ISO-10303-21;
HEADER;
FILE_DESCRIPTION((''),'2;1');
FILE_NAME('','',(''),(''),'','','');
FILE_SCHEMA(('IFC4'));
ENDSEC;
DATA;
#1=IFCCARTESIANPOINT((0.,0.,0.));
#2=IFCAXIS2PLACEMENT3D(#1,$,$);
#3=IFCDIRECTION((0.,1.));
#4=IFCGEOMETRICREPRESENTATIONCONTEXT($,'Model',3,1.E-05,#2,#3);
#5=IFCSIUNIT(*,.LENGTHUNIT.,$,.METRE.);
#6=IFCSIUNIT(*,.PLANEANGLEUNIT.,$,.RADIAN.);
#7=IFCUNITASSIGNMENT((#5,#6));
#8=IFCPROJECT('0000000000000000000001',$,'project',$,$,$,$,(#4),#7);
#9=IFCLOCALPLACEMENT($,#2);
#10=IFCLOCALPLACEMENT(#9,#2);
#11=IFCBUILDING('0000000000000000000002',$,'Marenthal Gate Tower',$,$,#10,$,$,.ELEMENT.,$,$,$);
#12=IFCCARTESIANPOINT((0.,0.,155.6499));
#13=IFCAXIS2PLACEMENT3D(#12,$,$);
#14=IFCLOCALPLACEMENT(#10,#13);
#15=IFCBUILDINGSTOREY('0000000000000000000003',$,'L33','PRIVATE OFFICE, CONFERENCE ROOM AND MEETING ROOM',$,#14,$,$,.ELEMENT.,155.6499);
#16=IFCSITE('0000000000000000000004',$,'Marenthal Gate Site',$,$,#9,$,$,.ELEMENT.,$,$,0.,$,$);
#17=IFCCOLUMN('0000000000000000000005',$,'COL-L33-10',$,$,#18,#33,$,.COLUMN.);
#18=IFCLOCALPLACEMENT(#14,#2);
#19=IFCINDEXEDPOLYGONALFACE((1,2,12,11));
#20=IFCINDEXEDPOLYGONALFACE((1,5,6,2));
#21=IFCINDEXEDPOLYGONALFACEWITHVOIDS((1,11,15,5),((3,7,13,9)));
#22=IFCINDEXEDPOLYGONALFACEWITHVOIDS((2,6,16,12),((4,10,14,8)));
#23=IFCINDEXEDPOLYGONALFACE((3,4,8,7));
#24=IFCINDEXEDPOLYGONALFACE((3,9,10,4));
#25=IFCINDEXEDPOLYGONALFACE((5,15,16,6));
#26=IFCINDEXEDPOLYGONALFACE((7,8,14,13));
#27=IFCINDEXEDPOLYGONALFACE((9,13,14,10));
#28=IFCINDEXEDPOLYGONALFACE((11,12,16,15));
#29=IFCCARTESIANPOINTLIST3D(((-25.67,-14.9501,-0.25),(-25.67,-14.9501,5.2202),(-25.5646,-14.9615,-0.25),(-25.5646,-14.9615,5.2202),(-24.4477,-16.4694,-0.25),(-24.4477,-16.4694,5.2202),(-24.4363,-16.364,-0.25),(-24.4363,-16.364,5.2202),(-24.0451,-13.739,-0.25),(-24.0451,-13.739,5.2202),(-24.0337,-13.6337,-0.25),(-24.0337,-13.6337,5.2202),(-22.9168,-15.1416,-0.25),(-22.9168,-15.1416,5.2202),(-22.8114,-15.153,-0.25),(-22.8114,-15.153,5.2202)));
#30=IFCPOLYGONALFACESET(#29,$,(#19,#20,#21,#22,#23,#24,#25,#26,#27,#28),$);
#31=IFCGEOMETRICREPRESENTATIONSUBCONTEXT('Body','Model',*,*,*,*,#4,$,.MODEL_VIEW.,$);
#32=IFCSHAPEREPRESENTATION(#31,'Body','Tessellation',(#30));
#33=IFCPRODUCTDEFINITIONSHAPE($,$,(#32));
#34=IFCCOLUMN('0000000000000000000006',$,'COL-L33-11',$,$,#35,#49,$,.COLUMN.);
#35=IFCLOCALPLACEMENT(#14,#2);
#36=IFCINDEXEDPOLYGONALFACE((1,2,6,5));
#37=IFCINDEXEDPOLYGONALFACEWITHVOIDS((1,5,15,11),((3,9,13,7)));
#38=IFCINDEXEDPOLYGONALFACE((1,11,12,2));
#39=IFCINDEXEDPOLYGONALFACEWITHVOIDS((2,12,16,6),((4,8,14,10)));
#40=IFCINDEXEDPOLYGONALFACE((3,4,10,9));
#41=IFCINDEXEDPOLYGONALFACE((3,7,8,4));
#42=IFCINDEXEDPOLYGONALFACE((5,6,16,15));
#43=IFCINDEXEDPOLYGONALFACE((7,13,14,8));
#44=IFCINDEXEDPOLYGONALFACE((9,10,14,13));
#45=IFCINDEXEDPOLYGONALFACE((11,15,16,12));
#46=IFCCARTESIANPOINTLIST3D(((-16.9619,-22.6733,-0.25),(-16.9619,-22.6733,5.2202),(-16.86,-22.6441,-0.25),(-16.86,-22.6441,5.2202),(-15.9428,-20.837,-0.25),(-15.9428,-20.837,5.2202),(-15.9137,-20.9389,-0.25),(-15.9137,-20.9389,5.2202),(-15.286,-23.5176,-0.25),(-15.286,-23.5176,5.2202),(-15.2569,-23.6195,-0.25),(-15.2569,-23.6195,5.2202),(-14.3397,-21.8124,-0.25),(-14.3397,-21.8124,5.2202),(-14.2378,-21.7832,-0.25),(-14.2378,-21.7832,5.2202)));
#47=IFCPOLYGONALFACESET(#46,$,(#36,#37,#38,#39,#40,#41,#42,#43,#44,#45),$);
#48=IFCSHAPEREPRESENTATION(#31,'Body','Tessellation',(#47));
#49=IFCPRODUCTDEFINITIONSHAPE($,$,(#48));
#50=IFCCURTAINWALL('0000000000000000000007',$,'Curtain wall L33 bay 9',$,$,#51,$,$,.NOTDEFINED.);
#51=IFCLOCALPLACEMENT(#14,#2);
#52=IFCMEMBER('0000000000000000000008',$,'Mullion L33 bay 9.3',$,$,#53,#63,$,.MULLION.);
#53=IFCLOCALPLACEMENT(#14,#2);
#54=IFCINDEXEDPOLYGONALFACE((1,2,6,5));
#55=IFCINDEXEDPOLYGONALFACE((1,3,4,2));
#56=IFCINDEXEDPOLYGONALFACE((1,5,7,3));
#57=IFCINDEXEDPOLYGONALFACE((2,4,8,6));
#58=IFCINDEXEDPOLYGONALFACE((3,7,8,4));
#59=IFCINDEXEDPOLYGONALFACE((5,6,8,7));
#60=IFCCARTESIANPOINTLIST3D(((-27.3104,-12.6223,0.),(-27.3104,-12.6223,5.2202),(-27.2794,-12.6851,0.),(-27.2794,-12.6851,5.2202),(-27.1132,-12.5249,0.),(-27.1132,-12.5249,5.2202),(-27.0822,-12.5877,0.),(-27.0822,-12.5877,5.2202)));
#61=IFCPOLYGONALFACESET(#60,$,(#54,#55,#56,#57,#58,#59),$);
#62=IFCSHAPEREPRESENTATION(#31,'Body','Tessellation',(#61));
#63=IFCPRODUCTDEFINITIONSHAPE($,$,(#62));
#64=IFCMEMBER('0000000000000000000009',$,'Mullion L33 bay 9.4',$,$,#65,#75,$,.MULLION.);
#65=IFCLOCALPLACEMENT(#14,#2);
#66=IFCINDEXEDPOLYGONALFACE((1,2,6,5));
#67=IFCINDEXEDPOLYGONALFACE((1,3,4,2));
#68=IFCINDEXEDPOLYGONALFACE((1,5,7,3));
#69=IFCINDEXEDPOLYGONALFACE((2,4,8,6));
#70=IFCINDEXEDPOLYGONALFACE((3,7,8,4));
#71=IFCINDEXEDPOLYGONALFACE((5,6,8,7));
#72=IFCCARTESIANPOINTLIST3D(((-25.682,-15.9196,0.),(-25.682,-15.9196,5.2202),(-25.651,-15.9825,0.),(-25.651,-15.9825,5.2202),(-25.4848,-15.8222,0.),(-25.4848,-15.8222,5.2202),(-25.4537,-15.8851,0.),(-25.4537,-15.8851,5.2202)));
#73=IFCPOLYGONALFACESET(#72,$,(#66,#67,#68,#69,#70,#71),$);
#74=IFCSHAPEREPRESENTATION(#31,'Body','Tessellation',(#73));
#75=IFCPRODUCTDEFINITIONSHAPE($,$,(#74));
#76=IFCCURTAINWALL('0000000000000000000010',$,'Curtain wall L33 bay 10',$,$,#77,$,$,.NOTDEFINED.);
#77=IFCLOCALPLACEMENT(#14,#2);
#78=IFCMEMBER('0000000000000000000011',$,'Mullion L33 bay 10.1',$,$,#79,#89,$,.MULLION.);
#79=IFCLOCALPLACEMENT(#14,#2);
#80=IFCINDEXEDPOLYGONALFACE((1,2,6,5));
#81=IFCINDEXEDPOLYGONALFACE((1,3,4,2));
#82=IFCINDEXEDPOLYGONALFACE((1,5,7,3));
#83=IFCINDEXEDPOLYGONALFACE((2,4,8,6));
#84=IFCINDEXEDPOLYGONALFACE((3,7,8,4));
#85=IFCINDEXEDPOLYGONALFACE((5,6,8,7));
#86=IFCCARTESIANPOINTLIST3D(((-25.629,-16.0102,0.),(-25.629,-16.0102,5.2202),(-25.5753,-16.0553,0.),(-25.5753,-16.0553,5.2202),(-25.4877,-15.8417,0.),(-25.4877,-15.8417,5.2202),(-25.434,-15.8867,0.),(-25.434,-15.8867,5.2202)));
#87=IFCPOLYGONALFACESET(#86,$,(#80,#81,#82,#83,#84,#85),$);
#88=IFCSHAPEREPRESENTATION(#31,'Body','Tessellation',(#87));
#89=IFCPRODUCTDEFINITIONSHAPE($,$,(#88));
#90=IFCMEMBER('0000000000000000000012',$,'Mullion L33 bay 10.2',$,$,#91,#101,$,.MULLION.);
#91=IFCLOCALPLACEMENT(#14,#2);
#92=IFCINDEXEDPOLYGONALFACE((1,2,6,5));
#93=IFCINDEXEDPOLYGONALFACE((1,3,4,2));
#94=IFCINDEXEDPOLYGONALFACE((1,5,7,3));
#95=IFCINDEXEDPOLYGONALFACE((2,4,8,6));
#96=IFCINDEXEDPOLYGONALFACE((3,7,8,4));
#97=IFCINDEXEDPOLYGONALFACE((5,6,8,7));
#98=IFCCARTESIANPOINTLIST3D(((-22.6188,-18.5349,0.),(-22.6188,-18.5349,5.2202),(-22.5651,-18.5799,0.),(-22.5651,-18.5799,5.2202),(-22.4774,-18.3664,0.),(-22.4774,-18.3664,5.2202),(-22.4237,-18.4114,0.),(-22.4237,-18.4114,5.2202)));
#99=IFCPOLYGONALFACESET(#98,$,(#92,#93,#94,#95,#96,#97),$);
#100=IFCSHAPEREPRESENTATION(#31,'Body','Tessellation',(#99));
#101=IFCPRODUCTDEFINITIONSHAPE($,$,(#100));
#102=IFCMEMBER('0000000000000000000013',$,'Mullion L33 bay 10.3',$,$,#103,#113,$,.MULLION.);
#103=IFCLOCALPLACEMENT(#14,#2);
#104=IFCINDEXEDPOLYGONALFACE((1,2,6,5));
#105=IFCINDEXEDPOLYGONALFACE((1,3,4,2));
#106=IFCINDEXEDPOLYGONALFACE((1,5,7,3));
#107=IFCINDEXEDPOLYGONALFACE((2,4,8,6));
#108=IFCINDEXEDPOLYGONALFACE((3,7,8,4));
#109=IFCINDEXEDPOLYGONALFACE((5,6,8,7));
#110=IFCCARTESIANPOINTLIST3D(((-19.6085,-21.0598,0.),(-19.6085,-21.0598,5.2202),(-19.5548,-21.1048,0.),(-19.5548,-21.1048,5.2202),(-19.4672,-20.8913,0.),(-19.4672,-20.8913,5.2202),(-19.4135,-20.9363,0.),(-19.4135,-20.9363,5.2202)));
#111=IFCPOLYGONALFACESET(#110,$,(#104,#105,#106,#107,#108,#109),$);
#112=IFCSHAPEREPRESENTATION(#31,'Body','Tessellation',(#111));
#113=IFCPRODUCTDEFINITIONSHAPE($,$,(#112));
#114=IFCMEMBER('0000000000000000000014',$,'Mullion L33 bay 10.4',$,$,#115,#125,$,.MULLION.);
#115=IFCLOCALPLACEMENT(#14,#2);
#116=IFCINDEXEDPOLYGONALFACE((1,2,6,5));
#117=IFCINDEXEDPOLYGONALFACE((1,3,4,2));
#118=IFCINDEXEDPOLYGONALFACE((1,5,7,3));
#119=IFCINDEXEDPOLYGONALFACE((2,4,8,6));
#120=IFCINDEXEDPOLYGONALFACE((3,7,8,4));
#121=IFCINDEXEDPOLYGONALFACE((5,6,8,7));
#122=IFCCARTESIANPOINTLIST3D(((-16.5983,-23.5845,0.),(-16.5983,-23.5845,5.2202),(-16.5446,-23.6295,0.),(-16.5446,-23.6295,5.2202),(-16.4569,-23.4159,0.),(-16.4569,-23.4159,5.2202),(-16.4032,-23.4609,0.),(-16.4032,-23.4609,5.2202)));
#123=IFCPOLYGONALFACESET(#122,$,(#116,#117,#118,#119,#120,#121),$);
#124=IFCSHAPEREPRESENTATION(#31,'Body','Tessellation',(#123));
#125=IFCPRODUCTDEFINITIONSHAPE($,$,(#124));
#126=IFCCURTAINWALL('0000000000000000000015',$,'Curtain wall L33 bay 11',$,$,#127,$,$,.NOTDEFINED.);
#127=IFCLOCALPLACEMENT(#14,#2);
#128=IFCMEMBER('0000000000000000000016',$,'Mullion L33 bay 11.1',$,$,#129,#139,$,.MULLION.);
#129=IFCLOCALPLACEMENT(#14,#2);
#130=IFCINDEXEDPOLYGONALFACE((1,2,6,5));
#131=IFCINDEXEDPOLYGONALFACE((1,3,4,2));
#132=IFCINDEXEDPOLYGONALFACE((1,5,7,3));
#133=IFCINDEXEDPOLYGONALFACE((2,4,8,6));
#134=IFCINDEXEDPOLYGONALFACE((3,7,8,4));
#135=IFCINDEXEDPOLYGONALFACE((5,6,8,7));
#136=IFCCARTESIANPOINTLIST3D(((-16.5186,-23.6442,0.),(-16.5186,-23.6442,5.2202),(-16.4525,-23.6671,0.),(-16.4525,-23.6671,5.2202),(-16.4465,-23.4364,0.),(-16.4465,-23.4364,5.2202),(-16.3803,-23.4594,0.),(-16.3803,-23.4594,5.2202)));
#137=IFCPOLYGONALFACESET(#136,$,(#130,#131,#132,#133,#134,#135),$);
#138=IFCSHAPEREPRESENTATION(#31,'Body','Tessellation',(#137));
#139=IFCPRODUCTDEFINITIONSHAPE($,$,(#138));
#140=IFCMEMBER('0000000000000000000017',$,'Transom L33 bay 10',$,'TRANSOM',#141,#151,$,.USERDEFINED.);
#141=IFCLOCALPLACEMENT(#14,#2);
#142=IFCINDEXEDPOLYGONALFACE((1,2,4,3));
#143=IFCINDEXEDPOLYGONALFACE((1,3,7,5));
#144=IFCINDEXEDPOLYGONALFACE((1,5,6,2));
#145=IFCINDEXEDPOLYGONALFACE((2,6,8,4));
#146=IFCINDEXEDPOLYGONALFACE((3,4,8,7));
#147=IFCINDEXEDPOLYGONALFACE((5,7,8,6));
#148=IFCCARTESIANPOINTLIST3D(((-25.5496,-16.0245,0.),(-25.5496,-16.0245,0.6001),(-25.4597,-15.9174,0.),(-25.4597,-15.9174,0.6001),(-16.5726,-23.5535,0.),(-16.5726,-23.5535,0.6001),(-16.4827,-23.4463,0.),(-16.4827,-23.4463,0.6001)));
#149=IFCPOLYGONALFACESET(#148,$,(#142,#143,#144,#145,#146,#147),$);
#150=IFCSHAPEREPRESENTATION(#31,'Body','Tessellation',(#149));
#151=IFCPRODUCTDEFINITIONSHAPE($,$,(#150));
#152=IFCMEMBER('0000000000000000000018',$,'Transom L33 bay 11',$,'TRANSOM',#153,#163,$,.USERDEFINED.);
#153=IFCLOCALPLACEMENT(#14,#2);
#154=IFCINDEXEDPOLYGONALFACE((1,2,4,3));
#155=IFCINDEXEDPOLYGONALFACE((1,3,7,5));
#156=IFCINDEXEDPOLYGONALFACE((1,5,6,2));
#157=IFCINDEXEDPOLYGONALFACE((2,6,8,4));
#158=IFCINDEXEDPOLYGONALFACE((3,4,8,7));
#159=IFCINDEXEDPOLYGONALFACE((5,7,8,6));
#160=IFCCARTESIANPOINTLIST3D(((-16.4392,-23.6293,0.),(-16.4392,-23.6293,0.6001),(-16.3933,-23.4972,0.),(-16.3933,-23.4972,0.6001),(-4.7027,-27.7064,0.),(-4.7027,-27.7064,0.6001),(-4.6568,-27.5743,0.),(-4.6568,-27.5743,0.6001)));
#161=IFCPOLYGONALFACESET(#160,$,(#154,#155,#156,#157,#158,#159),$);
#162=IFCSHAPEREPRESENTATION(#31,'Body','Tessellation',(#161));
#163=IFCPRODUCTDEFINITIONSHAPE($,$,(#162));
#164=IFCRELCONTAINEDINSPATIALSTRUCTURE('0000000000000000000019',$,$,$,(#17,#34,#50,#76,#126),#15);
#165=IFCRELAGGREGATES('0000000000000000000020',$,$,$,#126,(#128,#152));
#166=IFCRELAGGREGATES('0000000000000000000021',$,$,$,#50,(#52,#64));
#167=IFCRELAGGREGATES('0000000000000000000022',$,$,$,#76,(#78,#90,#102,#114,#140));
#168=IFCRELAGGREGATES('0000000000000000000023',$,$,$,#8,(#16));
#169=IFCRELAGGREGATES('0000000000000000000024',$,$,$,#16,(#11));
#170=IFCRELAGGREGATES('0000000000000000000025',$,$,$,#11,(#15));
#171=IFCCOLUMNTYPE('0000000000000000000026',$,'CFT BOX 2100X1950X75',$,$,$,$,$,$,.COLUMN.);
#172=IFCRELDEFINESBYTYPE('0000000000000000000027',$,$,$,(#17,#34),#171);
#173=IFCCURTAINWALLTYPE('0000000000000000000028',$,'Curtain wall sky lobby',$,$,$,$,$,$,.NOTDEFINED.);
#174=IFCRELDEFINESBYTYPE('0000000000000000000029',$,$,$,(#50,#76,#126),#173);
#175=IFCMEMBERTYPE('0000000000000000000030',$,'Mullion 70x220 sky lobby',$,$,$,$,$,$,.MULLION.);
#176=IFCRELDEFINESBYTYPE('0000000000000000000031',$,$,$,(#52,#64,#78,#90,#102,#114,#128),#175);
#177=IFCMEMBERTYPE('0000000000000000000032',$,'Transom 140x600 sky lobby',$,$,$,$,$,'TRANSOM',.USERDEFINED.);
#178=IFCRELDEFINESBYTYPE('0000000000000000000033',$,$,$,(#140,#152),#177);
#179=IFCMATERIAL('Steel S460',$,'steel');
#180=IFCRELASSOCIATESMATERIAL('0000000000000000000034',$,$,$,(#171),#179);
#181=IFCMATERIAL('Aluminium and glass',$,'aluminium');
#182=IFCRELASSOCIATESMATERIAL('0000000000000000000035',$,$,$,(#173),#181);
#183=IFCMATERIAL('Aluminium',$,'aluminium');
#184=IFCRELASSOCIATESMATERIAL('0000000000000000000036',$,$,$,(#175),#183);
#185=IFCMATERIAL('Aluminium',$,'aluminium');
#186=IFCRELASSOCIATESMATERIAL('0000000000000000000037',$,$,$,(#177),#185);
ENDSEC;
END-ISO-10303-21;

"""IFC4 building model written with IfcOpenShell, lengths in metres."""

from ifc_helpers import new_model, si_unit, direction, frame, origin, origin_2d, place, context, subcontext, project, spatial, rectangle, hollow_rectangle, extrude, material, material_profile, profile_set, type_object, element, aggregate, save


model = new_model("IFC4")

# Units and contexts
model_context = context("Model", 3, precision=1e-05, world=origin(), true_north=direction((0.0, 1.0)))
body_context = subcontext(model_context, "Body", "Model", "MODEL_VIEW")
ifc_project = project(units=[si_unit("LENGTHUNIT", "METRE"), si_unit("PLANEANGLEUNIT", "RADIAN")], contexts=[model_context])

# Site, building, storey
site_placement = place(None, origin())
site = spatial("IfcSite", under=ifc_project, at=site_placement, Name="Marenthal Gate Site", CompositionType="ELEMENT", RefElevation=0.0)
building_placement = place(site_placement, origin())
building = spatial("IfcBuilding", under=site, at=building_placement, Name="Marenthal Gate Tower", CompositionType="ELEMENT")
storey_placement = place(building_placement, frame((0.0, 0.0, 155.6499)))
storey = spatial("IfcBuildingStorey", under=building, at=storey_placement, Name="L33", Description="PRIVATE OFFICE, CONFERENCE ROOM AND MEETING ROOM", CompositionType="ELEMENT", Elevation=155.6499)

# Columns
ifc_material_1 = material(Name="Steel S460", Category="steel")
ifc_material_profile_1 = material_profile(ifc_material_1, hollow_rectangle(XDim=1.95, YDim=2.1001, WallThickness=0.075, at=origin_2d()), Name="CFT BOX 2100X1950X75")
ifc_material_2 = material(Name="Concrete 70 MPa", Category="concrete")
ifc_material_profile_2 = material_profile(ifc_material_2, rectangle(XDim=1.8, YDim=1.95, at=origin_2d()), Name="CFT BOX 2100X1950X75 INFILL")
ifc_profile_set_1 = profile_set([ifc_material_profile_1, ifc_material_profile_2], Name="Steel S460 shell, Concrete 70 MPa infill")
column_type = type_object("IfcColumnType", Name="CFT BOX 2100X1950X75", PredefinedType="COLUMN", material=ifc_profile_set_1)
for number, where, z_axis, x_axis, name in (
    (1, (-24.2407, -15.0515, -0.25), (0.0, 0.0, 1.0), (-0.626831, 0.779155, 0.0), "COL-L33-10"),
    (2, (-15.5999, -22.2283, -0.25), (0.0, 0.0, 1.0), (-0.87438, 0.485242, 0.0), "COL-L33-11"),
):
    element("IfcColumn", number, at=place(storey_placement, frame(where, z_axis=z_axis, x_axis=x_axis)), inside=storey, type_object=column_type, Name=name, PredefinedType="COLUMN", context=body_context, shape_type="SweptSolid", body=[
        extrude(hollow_rectangle(XDim=1.95, YDim=2.1001, WallThickness=0.075, at=origin_2d()), origin(), (0.0, 0.0, 1.0), 5.4702),
    ])

# Curtain walls, members
ifc_material_3 = material(Name="Aluminium and glass", Category="aluminium")
curtain_wall_type = type_object("IfcCurtainWallType", Name="Curtain wall sky lobby", PredefinedType="NOTDEFINED", material=ifc_material_3)
curtain_wall_1_placement = place(storey_placement, origin())
curtain_wall_1 = element("IfcCurtainWall", 3, at=curtain_wall_1_placement, inside=storey, type_object=curtain_wall_type, Name="Curtain wall L33 bay 9", PredefinedType="NOTDEFINED")
ifc_material_4 = material(Name="Aluminium", Category="aluminium")
ifc_material_profile_3 = material_profile(ifc_material_4, rectangle(XDim=0.22, YDim=0.0701, at=origin_2d()), Name="70x220 aluminium mullion")
ifc_profile_set_2 = profile_set([ifc_material_profile_3], Name="Aluminium")
member_type_1 = type_object("IfcMemberType", Name="Mullion 70x220 sky lobby", PredefinedType="MULLION", material=ifc_profile_set_2)
member_1_placement = place(storey_placement, frame((-27.1963, -12.605, 0.0), z_axis=(0.0, 0.0, 1.0), x_axis=(0.896609, 0.442824, 0.0)))
member_1 = element("IfcMember", 4, at=member_1_placement, type_object=member_type_1, Name="Mullion L33 bay 9.3", PredefinedType="MULLION", context=body_context, shape_type="SweptSolid", body=[
    extrude(rectangle(XDim=0.22, YDim=0.0701, at=origin_2d()), origin(), (0.0, 0.0, 1.0), 5.2202),
])
member_2_placement = place(storey_placement, frame((-25.5679, -15.9023, 0.0), z_axis=(0.0, 0.0, 1.0), x_axis=(0.896609, 0.442824, 0.0)))
member_2 = element("IfcMember", 5, at=member_2_placement, type_object=member_type_1, Name="Mullion L33 bay 9.4", PredefinedType="MULLION", context=body_context, shape_type="SweptSolid", body=[
    extrude(rectangle(XDim=0.22, YDim=0.0701, at=origin_2d()), origin(), (0.0, 0.0, 1.0), 5.2202),
])
curtain_wall_2_placement = place(storey_placement, origin())
curtain_wall_2 = element("IfcCurtainWall", 6, at=curtain_wall_2_placement, inside=storey, type_object=curtain_wall_type, Name="Curtain wall L33 bay 10", PredefinedType="NOTDEFINED")
member_3_placement = place(storey_placement, frame((-25.5315, -15.9485, 0.0), z_axis=(0.0, 0.0, 1.0), x_axis=(0.642602, 0.7662, 0.0)))
member_3 = element("IfcMember", 7, at=member_3_placement, type_object=member_type_1, Name="Mullion L33 bay 10.1", PredefinedType="MULLION", context=body_context, shape_type="SweptSolid", body=[
    extrude(rectangle(XDim=0.22, YDim=0.0701, at=origin_2d()), origin(), (0.0, 0.0, 1.0), 5.2202),
])
member_4_placement = place(storey_placement, frame((-22.5212, -18.4731, 0.0), z_axis=(0.0, 0.0, 1.0), x_axis=(0.642602, 0.7662, 0.0)))
member_4 = element("IfcMember", 8, at=member_4_placement, type_object=member_type_1, Name="Mullion L33 bay 10.2", PredefinedType="MULLION", context=body_context, shape_type="SweptSolid", body=[
    extrude(rectangle(XDim=0.22, YDim=0.0701, at=origin_2d()), origin(), (0.0, 0.0, 1.0), 5.2202),
])
member_5_placement = place(storey_placement, frame((-19.511, -20.998, 0.0), z_axis=(0.0, 0.0, 1.0), x_axis=(0.642602, 0.7662, 0.0)))
member_5 = element("IfcMember", 9, at=member_5_placement, type_object=member_type_1, Name="Mullion L33 bay 10.3", PredefinedType="MULLION", context=body_context, shape_type="SweptSolid", body=[
    extrude(rectangle(XDim=0.22, YDim=0.0701, at=origin_2d()), origin(), (0.0, 0.0, 1.0), 5.2202),
])
member_6_placement = place(storey_placement, frame((-16.5007, -23.5227, 0.0), z_axis=(0.0, 0.0, 1.0), x_axis=(0.642602, 0.7662, 0.0)))
member_6 = element("IfcMember", 10, at=member_6_placement, type_object=member_type_1, Name="Mullion L33 bay 10.4", PredefinedType="MULLION", context=body_context, shape_type="SweptSolid", body=[
    extrude(rectangle(XDim=0.22, YDim=0.0701, at=origin_2d()), origin(), (0.0, 0.0, 1.0), 5.2202),
])

# Curtain wall, member
curtain_wall_3_placement = place(storey_placement, origin())
curtain_wall_3 = element("IfcCurtainWall", 11, at=curtain_wall_3_placement, inside=storey, type_object=curtain_wall_type, Name="Curtain wall L33 bay 11", PredefinedType="NOTDEFINED")
member_7_placement = place(storey_placement, frame((-16.4495, -23.5518, 0.0), z_axis=(0.0, 0.0, 1.0), x_axis=(0.328158, 0.944623, 0.0)))
member_7 = element("IfcMember", 12, at=member_7_placement, type_object=member_type_1, Name="Mullion L33 bay 11.1", PredefinedType="MULLION", context=body_context, shape_type="SweptSolid", body=[
    extrude(rectangle(XDim=0.22, YDim=0.0701, at=origin_2d()), origin(), (0.0, 0.0, 1.0), 5.2202),
])

# Members
ifc_material_5 = material(Name="Aluminium", Category="aluminium")
ifc_material_profile_4 = material_profile(ifc_material_5, rectangle(XDim=0.1399, YDim=0.6001, at=origin_2d()), Name="140x600 aluminium transom")
ifc_profile_set_3 = profile_set([ifc_material_profile_4], Name="Aluminium")
member_type_2 = type_object("IfcMemberType", Name="Transom 140x600 sky lobby", ElementType="TRANSOM", PredefinedType="USERDEFINED", material=ifc_profile_set_3)
member_8_placement = place(storey_placement, frame((-25.5046, -15.9709, 0.3), z_axis=(0.766195, -0.642608, 0.0), x_axis=(0.642608, 0.766195, 0.0)))
member_8 = element("IfcMember", 13, at=member_8_placement, type_object=member_type_2, Name="Transom L33 bay 10", ObjectType="TRANSOM", PredefinedType="USERDEFINED", context=body_context, shape_type="SweptSolid", body=[
    extrude(rectangle(XDim=0.1399, YDim=0.6001, at=origin_2d()), origin(), (0.0, 0.0, 1.0), 11.7163),
])
member_9_placement = place(storey_placement, frame((-16.4163, -23.5632, 0.3), z_axis=(0.944625, -0.328152, 0.0), x_axis=(0.328152, 0.944625, 0.0)))
member_9 = element("IfcMember", 14, at=member_9_placement, type_object=member_type_2, Name="Transom L33 bay 11", ObjectType="TRANSOM", PredefinedType="USERDEFINED", context=body_context, shape_type="SweptSolid", body=[
    extrude(rectangle(XDim=0.1399, YDim=0.6001, at=origin_2d()), origin(), (0.0, 0.0, 1.0), 12.4246),
])
aggregate(curtain_wall_3, [member_7, member_9])

aggregate(curtain_wall_1, [member_1, member_2])
aggregate(curtain_wall_2, [member_3, member_4, member_5, member_6, member_8])

save(model, "model.ifc")
